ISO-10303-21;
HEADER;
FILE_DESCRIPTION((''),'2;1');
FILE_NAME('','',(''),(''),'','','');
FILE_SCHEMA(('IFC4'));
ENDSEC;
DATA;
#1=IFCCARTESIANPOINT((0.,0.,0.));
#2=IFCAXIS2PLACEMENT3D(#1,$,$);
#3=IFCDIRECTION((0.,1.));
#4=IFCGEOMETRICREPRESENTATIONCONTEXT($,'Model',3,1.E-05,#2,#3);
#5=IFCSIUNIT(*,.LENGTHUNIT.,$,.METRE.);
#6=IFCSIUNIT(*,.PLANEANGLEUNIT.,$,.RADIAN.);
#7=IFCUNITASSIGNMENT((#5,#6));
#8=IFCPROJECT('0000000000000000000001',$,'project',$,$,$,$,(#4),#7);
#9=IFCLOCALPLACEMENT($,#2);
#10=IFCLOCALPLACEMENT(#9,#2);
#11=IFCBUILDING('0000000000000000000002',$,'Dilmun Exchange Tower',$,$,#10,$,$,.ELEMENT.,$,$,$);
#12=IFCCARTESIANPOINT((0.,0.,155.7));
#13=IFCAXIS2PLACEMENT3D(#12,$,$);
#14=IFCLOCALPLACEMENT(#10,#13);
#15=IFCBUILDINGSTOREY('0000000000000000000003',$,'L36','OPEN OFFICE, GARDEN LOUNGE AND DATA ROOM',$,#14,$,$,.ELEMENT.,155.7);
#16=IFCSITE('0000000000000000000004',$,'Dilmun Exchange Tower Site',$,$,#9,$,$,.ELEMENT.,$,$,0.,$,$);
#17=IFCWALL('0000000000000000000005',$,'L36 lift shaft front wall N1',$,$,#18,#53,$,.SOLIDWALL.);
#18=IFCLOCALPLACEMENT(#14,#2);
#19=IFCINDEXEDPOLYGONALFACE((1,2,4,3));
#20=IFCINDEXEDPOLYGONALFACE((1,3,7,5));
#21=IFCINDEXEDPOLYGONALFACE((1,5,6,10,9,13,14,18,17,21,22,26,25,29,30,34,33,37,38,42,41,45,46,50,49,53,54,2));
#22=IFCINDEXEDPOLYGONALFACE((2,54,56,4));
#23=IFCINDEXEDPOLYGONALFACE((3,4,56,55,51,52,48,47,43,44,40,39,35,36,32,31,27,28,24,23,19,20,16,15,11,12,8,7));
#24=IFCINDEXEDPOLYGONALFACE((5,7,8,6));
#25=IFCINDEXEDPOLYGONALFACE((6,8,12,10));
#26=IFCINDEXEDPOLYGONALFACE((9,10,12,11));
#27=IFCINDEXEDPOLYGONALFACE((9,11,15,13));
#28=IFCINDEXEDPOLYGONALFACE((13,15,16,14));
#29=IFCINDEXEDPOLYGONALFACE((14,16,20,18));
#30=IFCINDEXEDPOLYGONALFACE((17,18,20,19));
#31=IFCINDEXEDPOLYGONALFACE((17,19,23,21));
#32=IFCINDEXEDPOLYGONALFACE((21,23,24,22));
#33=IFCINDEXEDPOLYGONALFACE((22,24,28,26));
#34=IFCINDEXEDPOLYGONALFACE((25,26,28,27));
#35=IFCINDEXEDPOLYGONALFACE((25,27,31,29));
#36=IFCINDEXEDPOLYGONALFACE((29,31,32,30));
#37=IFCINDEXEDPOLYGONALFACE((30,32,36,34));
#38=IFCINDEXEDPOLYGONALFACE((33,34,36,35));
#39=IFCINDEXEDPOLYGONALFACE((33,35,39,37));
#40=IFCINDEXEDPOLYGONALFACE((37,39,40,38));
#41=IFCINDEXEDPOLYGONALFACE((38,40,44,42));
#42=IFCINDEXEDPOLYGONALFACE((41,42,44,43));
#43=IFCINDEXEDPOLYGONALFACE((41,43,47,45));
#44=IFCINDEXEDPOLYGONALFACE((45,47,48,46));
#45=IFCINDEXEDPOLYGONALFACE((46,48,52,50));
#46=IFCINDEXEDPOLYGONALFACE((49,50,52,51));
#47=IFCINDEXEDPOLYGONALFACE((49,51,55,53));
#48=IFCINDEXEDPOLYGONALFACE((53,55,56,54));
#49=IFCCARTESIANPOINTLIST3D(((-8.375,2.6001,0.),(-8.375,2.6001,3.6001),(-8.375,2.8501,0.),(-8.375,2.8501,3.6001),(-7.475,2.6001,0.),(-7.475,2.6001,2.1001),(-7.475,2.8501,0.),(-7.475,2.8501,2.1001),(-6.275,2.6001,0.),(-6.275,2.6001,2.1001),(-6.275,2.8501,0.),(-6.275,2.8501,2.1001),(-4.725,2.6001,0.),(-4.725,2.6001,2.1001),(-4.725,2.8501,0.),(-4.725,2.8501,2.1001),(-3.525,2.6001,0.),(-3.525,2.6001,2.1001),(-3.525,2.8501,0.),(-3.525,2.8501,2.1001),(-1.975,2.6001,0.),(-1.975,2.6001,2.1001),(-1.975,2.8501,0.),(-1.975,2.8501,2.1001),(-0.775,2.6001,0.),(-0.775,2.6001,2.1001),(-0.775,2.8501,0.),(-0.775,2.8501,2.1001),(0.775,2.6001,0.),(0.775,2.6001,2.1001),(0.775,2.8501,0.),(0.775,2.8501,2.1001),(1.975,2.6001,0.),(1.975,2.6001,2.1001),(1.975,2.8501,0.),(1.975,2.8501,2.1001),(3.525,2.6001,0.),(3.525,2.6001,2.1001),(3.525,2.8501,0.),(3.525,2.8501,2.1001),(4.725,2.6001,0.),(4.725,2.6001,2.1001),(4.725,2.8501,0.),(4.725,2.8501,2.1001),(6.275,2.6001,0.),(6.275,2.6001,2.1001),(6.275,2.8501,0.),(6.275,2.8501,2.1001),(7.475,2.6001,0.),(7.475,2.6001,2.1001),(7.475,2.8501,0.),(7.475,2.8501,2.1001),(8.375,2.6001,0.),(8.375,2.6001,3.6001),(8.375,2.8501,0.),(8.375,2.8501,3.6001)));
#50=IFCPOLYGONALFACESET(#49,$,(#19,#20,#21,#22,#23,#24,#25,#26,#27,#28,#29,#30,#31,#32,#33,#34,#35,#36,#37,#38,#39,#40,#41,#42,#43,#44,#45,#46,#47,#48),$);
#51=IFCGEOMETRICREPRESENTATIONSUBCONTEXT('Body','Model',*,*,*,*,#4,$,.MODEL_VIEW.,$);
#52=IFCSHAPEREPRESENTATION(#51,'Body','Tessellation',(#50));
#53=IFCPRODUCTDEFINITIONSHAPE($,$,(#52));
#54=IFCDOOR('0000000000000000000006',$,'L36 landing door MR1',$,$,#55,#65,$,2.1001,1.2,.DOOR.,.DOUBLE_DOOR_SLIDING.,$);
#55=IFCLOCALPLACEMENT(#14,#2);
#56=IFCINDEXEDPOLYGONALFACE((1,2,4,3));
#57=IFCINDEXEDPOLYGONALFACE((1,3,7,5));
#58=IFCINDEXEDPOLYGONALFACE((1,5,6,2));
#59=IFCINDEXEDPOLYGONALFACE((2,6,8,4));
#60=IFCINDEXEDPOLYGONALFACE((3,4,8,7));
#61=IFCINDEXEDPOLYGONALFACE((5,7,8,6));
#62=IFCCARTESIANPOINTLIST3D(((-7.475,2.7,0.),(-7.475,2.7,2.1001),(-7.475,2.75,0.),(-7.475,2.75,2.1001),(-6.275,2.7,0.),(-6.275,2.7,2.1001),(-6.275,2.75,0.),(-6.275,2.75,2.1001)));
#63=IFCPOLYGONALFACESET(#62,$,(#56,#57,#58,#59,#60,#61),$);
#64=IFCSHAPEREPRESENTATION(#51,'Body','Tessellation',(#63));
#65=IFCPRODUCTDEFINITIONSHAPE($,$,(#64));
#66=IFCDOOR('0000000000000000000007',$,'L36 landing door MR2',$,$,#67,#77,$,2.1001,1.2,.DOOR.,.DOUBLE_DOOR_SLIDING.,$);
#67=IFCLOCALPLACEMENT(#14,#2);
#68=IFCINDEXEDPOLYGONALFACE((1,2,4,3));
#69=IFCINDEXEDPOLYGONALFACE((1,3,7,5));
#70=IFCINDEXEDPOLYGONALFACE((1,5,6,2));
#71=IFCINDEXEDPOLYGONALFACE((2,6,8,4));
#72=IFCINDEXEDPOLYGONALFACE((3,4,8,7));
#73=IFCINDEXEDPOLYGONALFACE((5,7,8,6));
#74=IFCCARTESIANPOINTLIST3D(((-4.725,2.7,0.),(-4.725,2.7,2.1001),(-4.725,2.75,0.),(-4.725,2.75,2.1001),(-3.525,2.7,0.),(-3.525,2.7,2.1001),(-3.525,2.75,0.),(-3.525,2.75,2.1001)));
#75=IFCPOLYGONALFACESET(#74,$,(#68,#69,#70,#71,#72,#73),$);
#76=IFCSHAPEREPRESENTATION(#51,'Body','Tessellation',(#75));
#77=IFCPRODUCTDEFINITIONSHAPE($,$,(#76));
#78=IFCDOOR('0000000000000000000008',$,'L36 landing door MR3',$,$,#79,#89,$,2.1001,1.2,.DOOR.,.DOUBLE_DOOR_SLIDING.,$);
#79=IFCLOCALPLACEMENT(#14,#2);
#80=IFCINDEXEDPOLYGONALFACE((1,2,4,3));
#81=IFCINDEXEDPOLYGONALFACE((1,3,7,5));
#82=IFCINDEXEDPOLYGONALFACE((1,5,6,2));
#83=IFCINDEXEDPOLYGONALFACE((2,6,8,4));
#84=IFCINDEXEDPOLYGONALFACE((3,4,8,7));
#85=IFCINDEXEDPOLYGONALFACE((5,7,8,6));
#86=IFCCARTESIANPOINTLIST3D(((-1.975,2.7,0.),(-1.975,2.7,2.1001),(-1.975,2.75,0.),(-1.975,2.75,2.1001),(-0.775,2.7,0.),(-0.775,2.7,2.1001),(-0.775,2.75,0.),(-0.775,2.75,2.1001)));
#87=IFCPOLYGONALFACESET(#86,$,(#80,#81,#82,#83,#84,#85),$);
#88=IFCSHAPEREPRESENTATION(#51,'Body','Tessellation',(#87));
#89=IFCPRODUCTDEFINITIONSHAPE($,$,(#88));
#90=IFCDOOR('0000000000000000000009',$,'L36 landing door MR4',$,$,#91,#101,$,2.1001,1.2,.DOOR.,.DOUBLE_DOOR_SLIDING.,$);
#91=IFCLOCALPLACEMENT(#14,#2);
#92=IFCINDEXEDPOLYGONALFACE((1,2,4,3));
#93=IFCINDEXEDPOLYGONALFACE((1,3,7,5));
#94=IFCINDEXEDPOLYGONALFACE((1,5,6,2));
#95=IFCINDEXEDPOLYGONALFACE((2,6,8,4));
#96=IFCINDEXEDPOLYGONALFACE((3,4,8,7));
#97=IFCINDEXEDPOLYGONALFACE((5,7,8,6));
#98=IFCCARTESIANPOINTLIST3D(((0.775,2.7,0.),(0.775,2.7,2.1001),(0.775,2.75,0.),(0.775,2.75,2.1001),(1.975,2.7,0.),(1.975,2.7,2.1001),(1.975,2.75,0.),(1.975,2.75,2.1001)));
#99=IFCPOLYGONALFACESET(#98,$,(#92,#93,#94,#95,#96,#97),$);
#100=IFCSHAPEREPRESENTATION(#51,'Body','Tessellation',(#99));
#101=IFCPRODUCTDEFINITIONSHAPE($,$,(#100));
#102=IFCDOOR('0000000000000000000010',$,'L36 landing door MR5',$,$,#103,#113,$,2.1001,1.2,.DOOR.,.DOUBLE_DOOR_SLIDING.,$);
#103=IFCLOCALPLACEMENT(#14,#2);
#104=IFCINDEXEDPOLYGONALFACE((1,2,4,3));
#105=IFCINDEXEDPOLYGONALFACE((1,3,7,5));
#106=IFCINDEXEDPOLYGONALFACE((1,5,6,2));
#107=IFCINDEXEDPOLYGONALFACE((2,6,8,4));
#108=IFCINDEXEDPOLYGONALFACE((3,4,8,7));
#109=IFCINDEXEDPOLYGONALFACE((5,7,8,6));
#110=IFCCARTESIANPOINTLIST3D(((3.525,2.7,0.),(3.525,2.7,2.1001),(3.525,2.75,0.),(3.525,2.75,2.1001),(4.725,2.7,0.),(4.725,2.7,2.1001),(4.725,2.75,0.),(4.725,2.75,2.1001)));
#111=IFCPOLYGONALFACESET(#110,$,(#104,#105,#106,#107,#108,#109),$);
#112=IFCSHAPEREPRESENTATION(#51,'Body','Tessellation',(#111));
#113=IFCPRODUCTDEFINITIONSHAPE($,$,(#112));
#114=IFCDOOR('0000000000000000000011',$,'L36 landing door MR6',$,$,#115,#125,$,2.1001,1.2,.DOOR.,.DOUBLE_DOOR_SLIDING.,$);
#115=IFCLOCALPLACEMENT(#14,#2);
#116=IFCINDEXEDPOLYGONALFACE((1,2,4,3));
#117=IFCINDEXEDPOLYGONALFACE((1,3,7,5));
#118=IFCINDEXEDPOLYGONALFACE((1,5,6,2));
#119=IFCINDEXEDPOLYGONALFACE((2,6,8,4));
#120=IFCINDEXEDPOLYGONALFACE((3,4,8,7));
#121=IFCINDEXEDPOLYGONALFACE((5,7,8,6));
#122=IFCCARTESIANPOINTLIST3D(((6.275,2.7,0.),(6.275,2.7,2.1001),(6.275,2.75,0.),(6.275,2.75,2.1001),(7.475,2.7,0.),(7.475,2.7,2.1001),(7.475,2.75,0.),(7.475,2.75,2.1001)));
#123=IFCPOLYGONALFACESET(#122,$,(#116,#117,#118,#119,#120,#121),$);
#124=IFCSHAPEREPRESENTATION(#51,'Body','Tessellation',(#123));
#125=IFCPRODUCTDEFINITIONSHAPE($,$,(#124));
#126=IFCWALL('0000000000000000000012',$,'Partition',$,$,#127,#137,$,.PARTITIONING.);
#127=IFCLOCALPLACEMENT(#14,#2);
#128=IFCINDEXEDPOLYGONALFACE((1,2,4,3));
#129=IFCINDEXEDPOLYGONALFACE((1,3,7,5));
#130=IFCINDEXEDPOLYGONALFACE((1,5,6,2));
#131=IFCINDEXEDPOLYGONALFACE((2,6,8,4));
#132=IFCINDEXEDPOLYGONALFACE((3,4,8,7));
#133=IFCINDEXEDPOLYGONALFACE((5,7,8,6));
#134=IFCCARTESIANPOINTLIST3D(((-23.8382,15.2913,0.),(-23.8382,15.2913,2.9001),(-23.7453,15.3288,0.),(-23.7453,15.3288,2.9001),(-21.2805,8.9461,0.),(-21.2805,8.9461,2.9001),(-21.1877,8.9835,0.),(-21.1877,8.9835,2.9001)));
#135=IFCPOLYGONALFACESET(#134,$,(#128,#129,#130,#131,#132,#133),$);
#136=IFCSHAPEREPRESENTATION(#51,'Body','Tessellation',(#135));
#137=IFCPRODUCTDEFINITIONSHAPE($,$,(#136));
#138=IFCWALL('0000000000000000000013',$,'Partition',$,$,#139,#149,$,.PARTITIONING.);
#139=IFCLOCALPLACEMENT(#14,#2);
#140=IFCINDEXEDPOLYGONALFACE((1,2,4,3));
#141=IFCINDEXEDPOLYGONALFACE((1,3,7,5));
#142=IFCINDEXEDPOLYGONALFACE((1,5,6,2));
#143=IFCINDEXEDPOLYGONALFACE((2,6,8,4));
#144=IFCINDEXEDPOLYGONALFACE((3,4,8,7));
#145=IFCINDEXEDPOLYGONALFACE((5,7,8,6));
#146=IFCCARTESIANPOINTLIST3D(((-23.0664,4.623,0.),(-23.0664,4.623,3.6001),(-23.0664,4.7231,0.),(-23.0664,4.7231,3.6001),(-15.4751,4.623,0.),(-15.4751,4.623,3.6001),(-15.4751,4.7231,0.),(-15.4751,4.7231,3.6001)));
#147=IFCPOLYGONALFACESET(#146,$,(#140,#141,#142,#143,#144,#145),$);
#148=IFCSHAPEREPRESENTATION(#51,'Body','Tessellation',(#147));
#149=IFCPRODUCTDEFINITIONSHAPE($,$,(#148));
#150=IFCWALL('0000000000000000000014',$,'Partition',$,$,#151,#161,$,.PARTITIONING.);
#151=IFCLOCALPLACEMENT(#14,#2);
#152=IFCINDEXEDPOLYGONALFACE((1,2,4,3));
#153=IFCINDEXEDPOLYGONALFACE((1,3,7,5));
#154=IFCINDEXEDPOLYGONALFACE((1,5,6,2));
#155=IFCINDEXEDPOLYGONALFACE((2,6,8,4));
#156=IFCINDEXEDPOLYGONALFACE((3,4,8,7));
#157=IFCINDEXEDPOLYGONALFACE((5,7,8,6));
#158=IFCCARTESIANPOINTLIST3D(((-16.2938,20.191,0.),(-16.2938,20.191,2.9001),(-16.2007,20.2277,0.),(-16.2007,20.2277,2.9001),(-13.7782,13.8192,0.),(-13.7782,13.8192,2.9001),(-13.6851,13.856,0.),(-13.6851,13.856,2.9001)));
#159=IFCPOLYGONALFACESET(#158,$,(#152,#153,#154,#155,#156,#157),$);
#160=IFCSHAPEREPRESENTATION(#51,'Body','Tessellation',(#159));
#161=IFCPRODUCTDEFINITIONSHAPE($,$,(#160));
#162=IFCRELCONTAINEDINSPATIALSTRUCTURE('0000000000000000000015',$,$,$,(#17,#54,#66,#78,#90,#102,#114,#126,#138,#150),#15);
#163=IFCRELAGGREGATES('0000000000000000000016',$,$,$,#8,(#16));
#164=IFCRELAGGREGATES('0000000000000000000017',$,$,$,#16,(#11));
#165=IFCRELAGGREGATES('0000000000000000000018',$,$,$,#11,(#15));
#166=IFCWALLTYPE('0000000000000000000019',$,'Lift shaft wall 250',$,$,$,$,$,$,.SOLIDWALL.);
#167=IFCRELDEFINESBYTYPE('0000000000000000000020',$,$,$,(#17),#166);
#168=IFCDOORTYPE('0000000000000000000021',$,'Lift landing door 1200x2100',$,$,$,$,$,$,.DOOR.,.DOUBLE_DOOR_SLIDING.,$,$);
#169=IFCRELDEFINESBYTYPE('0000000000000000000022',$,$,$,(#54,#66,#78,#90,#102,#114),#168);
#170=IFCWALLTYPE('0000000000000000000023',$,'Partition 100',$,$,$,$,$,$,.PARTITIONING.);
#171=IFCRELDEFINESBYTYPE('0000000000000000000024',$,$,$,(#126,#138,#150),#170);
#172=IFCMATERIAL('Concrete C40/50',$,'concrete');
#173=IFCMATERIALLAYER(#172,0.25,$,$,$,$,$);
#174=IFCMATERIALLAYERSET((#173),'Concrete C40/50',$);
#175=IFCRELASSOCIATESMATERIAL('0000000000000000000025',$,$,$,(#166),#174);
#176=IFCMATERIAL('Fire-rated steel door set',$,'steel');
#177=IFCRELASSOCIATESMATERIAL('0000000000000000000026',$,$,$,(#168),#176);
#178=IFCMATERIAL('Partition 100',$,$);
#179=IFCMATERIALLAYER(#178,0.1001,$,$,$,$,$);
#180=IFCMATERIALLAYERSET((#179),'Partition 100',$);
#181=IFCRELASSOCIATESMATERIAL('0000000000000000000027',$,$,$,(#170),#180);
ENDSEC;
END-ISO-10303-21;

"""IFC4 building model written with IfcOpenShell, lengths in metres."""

from ifc_helpers import new_model, si_unit, direction, frame, frame_2d, origin, place, context, subcontext, project, spatial, rectangle, extrude, material, layer, layer_set, type_object, element, fill, save


model = new_model("IFC4")

# Units and contexts
model_context = context("Model", 3, precision=1e-05, world=origin(), true_north=direction((0.0, 1.0)))
body_context = subcontext(model_context, "Body", "Model", "MODEL_VIEW")
ifc_project = project(units=[si_unit("LENGTHUNIT", "METRE"), si_unit("PLANEANGLEUNIT", "RADIAN")], contexts=[model_context])

# Site, building, storey
site_placement = place(None, origin())
site = spatial("IfcSite", under=ifc_project, at=site_placement, Name="Dilmun Exchange Tower Site", CompositionType="ELEMENT", RefElevation=0.0)
building_placement = place(site_placement, origin())
building = spatial("IfcBuilding", under=site, at=building_placement, Name="Dilmun Exchange Tower", CompositionType="ELEMENT")
storey_placement = place(building_placement, frame((0.0, 0.0, 155.7)))
storey = spatial("IfcBuildingStorey", under=building, at=storey_placement, Name="L36", Description="OPEN OFFICE, GARDEN LOUNGE AND DATA ROOM", CompositionType="ELEMENT", Elevation=155.7)

# Shared definitions
ifc_material_1 = material(Name="Concrete C40/50", Category="concrete")

# Shared definitions
ifc_material_2 = material(Name="Fire-rated steel door set", Category="steel")

# Wall, openings, doors
ifc_layer_1 = layer(ifc_material_1, 0.25)
ifc_layer_set_1 = layer_set([ifc_layer_1], Name="Concrete C40/50")
wall_type_1 = type_object("IfcWallType", Name="Lift shaft wall 250", PredefinedType="SOLIDWALL", material=ifc_layer_set_1)
wall_1_placement = place(storey_placement, frame((-8.375, 2.7251, 0.0), z_axis=(0.0, 0.0, 1.0), x_axis=(1.0, 0.0, 0.0)))
wall_1 = element("IfcWall", 1, at=wall_1_placement, inside=storey, type_object=wall_type_1, Name="L36 lift shaft front wall N1", PredefinedType="SOLIDWALL", context=body_context, shape_type="SweptSolid", body=[
    extrude(rectangle(XDim=16.75, YDim=0.25, at=frame_2d((8.375, 0.0))), origin(), (0.0, 0.0, 1.0), 3.6001),
])
opening_1_placement = place(wall_1_placement, frame((0.8999, 0.0, 0.0)))
opening_1 = element("IfcOpeningElement", 2, at=opening_1_placement, cuts=wall_1, PredefinedType="OPENING", context=body_context, shape_type="SweptSolid", body=[
    extrude(rectangle(XDim=1.2, YDim=2.1001, at=frame_2d((0.6001, 1.05))), frame((0.0, 0.135, 0.0), z_axis=(0.0, -1.0, 0.0), x_axis=(1.0, 0.0, 0.0)), (0.0, 0.0, 1.0), 0.27),
])
opening_2_placement = place(wall_1_placement, frame((3.6499, 0.0, 0.0)))
opening_2 = element("IfcOpeningElement", 3, at=opening_2_placement, cuts=wall_1, PredefinedType="OPENING", context=body_context, shape_type="SweptSolid", body=[
    extrude(rectangle(XDim=1.2, YDim=2.1001, at=frame_2d((0.6001, 1.05))), frame((0.0, 0.135, 0.0), z_axis=(0.0, -1.0, 0.0), x_axis=(1.0, 0.0, 0.0)), (0.0, 0.0, 1.0), 0.27),
])
opening_3_placement = place(wall_1_placement, frame((6.3999, 0.0, 0.0)))
opening_3 = element("IfcOpeningElement", 4, at=opening_3_placement, cuts=wall_1, PredefinedType="OPENING", context=body_context, shape_type="SweptSolid", body=[
    extrude(rectangle(XDim=1.2, YDim=2.1001, at=frame_2d((0.6001, 1.05))), frame((0.0, 0.135, 0.0), z_axis=(0.0, -1.0, 0.0), x_axis=(1.0, 0.0, 0.0)), (0.0, 0.0, 1.0), 0.27),
])
opening_4_placement = place(wall_1_placement, frame((9.1499, 0.0, 0.0)))
opening_4 = element("IfcOpeningElement", 5, at=opening_4_placement, cuts=wall_1, PredefinedType="OPENING", context=body_context, shape_type="SweptSolid", body=[
    extrude(rectangle(XDim=1.2, YDim=2.1001, at=frame_2d((0.6001, 1.05))), frame((0.0, 0.135, 0.0), z_axis=(0.0, -1.0, 0.0), x_axis=(1.0, 0.0, 0.0)), (0.0, 0.0, 1.0), 0.27),
])
opening_5_placement = place(wall_1_placement, frame((11.8999, 0.0, 0.0)))
opening_5 = element("IfcOpeningElement", 6, at=opening_5_placement, cuts=wall_1, PredefinedType="OPENING", context=body_context, shape_type="SweptSolid", body=[
    extrude(rectangle(XDim=1.2, YDim=2.1001, at=frame_2d((0.6001, 1.05))), frame((0.0, 0.135, 0.0), z_axis=(0.0, -1.0, 0.0), x_axis=(1.0, 0.0, 0.0)), (0.0, 0.0, 1.0), 0.27),
])
opening_6_placement = place(wall_1_placement, frame((14.6499, 0.0, 0.0)))
opening_6 = element("IfcOpeningElement", 7, at=opening_6_placement, cuts=wall_1, PredefinedType="OPENING", context=body_context, shape_type="SweptSolid", body=[
    extrude(rectangle(XDim=1.2, YDim=2.1001, at=frame_2d((0.6001, 1.05))), frame((0.0, 0.135, 0.0), z_axis=(0.0, -1.0, 0.0), x_axis=(1.0, 0.0, 0.0)), (0.0, 0.0, 1.0), 0.27),
])
door_type_1 = type_object("IfcDoorType", Name="Lift landing door 1200x2100", OperationType="DOUBLE_DOOR_SLIDING", PredefinedType="DOOR", material=ifc_material_2)
door_1_placement = place(opening_1_placement, origin())
door_1 = element("IfcDoor", 8, at=door_1_placement, inside=storey, type_object=door_type_1, Name="L36 landing door MR1", OperationType="DOUBLE_DOOR_SLIDING", OverallHeight=2.1001, OverallWidth=1.2, PredefinedType="DOOR", context=body_context, shape_type="SweptSolid", body=[
    extrude(rectangle(XDim=1.2, YDim=2.1001, at=frame_2d((0.6001, 1.05))), frame((0.0, 0.0249, 0.0), z_axis=(0.0, -1.0, 0.0), x_axis=(1.0, 0.0, 0.0)), (0.0, 0.0, 1.0), 0.05),
])
fill(opening_1, door_1)
door_2_placement = place(opening_2_placement, origin())
door_2 = element("IfcDoor", 9, at=door_2_placement, inside=storey, type_object=door_type_1, Name="L36 landing door MR2", OperationType="DOUBLE_DOOR_SLIDING", OverallHeight=2.1001, OverallWidth=1.2, PredefinedType="DOOR", context=body_context, shape_type="SweptSolid", body=[
    extrude(rectangle(XDim=1.2, YDim=2.1001, at=frame_2d((0.6001, 1.05))), frame((0.0, 0.0249, 0.0), z_axis=(0.0, -1.0, 0.0), x_axis=(1.0, 0.0, 0.0)), (0.0, 0.0, 1.0), 0.05),
])
fill(opening_2, door_2)
door_3_placement = place(opening_3_placement, origin())
door_3 = element("IfcDoor", 10, at=door_3_placement, inside=storey, type_object=door_type_1, Name="L36 landing door MR3", OperationType="DOUBLE_DOOR_SLIDING", OverallHeight=2.1001, OverallWidth=1.2, PredefinedType="DOOR", context=body_context, shape_type="SweptSolid", body=[
    extrude(rectangle(XDim=1.2, YDim=2.1001, at=frame_2d((0.6001, 1.05))), frame((0.0, 0.0249, 0.0), z_axis=(0.0, -1.0, 0.0), x_axis=(1.0, 0.0, 0.0)), (0.0, 0.0, 1.0), 0.05),
])
fill(opening_3, door_3)
door_4_placement = place(opening_4_placement, origin())
door_4 = element("IfcDoor", 11, at=door_4_placement, inside=storey, type_object=door_type_1, Name="L36 landing door MR4", OperationType="DOUBLE_DOOR_SLIDING", OverallHeight=2.1001, OverallWidth=1.2, PredefinedType="DOOR", context=body_context, shape_type="SweptSolid", body=[
    extrude(rectangle(XDim=1.2, YDim=2.1001, at=frame_2d((0.6001, 1.05))), frame((0.0, 0.0249, 0.0), z_axis=(0.0, -1.0, 0.0), x_axis=(1.0, 0.0, 0.0)), (0.0, 0.0, 1.0), 0.05),
])
fill(opening_4, door_4)
door_5_placement = place(opening_5_placement, origin())
door_5 = element("IfcDoor", 12, at=door_5_placement, inside=storey, type_object=door_type_1, Name="L36 landing door MR5", OperationType="DOUBLE_DOOR_SLIDING", OverallHeight=2.1001, OverallWidth=1.2, PredefinedType="DOOR", context=body_context, shape_type="SweptSolid", body=[
    extrude(rectangle(XDim=1.2, YDim=2.1001, at=frame_2d((0.6001, 1.05))), frame((0.0, 0.0249, 0.0), z_axis=(0.0, -1.0, 0.0), x_axis=(1.0, 0.0, 0.0)), (0.0, 0.0, 1.0), 0.05),
])
fill(opening_5, door_5)
door_6_placement = place(opening_6_placement, origin())
door_6 = element("IfcDoor", 13, at=door_6_placement, inside=storey, type_object=door_type_1, Name="L36 landing door MR6", OperationType="DOUBLE_DOOR_SLIDING", OverallHeight=2.1001, OverallWidth=1.2, PredefinedType="DOOR", context=body_context, shape_type="SweptSolid", body=[
    extrude(rectangle(XDim=1.2, YDim=2.1001, at=frame_2d((0.6001, 1.05))), frame((0.0, 0.0249, 0.0), z_axis=(0.0, -1.0, 0.0), x_axis=(1.0, 0.0, 0.0)), (0.0, 0.0, 1.0), 0.05),
])
fill(opening_6, door_6)

# Walls
ifc_material_3 = material(Name="Partition 100")
ifc_layer_2 = layer(ifc_material_3, 0.1001)
ifc_layer_set_2 = layer_set([ifc_layer_2], Name="Partition 100")
wall_type_2 = type_object("IfcWallType", Name="Partition 100", PredefinedType="PARTITIONING", material=ifc_layer_set_2)
wall_2_placement = place(storey_placement, frame((-23.7917, 15.3101, 0.0), z_axis=(0.0, 0.0, 1.0), x_axis=(0.373851, -0.927489, 0.0)))
element("IfcWall", 14, at=wall_2_placement, inside=storey, type_object=wall_type_2, Name="Partition", PredefinedType="PARTITIONING", context=body_context, shape_type="SweptSolid", body=[
    extrude(rectangle(XDim=6.8413, YDim=0.1001, at=frame_2d((3.4207, 0.0))), origin(), (0.0, 0.0, 1.0), 2.9001),
])
wall_3_placement = place(storey_placement, frame((-23.0664, 4.6731, 0.0), z_axis=(0.0, 0.0, 1.0), x_axis=(1.0, 0.0, 0.0)))
element("IfcWall", 15, at=wall_3_placement, inside=storey, type_object=wall_type_2, Name="Partition", PredefinedType="PARTITIONING", context=body_context, shape_type="SweptSolid", body=[
    extrude(rectangle(XDim=7.5913, YDim=0.1001, at=frame_2d((3.7957, 0.0))), origin(), (0.0, 0.0, 1.0), 3.6001),
])
wall_4_placement = place(storey_placement, frame((-16.2473, 20.2095, 0.0), z_axis=(0.0, 0.0, 1.0), x_axis=(0.367221, -0.930134, 0.0)))
element("IfcWall", 16, at=wall_4_placement, inside=storey, type_object=wall_type_2, Name="Partition", PredefinedType="PARTITIONING", context=body_context, shape_type="SweptSolid", body=[
    extrude(rectangle(XDim=6.8503, YDim=0.1001, at=frame_2d((3.4253, 0.0))), origin(), (0.0, 0.0, 1.0), 2.9001),
])

save(model, "model.ifc")
